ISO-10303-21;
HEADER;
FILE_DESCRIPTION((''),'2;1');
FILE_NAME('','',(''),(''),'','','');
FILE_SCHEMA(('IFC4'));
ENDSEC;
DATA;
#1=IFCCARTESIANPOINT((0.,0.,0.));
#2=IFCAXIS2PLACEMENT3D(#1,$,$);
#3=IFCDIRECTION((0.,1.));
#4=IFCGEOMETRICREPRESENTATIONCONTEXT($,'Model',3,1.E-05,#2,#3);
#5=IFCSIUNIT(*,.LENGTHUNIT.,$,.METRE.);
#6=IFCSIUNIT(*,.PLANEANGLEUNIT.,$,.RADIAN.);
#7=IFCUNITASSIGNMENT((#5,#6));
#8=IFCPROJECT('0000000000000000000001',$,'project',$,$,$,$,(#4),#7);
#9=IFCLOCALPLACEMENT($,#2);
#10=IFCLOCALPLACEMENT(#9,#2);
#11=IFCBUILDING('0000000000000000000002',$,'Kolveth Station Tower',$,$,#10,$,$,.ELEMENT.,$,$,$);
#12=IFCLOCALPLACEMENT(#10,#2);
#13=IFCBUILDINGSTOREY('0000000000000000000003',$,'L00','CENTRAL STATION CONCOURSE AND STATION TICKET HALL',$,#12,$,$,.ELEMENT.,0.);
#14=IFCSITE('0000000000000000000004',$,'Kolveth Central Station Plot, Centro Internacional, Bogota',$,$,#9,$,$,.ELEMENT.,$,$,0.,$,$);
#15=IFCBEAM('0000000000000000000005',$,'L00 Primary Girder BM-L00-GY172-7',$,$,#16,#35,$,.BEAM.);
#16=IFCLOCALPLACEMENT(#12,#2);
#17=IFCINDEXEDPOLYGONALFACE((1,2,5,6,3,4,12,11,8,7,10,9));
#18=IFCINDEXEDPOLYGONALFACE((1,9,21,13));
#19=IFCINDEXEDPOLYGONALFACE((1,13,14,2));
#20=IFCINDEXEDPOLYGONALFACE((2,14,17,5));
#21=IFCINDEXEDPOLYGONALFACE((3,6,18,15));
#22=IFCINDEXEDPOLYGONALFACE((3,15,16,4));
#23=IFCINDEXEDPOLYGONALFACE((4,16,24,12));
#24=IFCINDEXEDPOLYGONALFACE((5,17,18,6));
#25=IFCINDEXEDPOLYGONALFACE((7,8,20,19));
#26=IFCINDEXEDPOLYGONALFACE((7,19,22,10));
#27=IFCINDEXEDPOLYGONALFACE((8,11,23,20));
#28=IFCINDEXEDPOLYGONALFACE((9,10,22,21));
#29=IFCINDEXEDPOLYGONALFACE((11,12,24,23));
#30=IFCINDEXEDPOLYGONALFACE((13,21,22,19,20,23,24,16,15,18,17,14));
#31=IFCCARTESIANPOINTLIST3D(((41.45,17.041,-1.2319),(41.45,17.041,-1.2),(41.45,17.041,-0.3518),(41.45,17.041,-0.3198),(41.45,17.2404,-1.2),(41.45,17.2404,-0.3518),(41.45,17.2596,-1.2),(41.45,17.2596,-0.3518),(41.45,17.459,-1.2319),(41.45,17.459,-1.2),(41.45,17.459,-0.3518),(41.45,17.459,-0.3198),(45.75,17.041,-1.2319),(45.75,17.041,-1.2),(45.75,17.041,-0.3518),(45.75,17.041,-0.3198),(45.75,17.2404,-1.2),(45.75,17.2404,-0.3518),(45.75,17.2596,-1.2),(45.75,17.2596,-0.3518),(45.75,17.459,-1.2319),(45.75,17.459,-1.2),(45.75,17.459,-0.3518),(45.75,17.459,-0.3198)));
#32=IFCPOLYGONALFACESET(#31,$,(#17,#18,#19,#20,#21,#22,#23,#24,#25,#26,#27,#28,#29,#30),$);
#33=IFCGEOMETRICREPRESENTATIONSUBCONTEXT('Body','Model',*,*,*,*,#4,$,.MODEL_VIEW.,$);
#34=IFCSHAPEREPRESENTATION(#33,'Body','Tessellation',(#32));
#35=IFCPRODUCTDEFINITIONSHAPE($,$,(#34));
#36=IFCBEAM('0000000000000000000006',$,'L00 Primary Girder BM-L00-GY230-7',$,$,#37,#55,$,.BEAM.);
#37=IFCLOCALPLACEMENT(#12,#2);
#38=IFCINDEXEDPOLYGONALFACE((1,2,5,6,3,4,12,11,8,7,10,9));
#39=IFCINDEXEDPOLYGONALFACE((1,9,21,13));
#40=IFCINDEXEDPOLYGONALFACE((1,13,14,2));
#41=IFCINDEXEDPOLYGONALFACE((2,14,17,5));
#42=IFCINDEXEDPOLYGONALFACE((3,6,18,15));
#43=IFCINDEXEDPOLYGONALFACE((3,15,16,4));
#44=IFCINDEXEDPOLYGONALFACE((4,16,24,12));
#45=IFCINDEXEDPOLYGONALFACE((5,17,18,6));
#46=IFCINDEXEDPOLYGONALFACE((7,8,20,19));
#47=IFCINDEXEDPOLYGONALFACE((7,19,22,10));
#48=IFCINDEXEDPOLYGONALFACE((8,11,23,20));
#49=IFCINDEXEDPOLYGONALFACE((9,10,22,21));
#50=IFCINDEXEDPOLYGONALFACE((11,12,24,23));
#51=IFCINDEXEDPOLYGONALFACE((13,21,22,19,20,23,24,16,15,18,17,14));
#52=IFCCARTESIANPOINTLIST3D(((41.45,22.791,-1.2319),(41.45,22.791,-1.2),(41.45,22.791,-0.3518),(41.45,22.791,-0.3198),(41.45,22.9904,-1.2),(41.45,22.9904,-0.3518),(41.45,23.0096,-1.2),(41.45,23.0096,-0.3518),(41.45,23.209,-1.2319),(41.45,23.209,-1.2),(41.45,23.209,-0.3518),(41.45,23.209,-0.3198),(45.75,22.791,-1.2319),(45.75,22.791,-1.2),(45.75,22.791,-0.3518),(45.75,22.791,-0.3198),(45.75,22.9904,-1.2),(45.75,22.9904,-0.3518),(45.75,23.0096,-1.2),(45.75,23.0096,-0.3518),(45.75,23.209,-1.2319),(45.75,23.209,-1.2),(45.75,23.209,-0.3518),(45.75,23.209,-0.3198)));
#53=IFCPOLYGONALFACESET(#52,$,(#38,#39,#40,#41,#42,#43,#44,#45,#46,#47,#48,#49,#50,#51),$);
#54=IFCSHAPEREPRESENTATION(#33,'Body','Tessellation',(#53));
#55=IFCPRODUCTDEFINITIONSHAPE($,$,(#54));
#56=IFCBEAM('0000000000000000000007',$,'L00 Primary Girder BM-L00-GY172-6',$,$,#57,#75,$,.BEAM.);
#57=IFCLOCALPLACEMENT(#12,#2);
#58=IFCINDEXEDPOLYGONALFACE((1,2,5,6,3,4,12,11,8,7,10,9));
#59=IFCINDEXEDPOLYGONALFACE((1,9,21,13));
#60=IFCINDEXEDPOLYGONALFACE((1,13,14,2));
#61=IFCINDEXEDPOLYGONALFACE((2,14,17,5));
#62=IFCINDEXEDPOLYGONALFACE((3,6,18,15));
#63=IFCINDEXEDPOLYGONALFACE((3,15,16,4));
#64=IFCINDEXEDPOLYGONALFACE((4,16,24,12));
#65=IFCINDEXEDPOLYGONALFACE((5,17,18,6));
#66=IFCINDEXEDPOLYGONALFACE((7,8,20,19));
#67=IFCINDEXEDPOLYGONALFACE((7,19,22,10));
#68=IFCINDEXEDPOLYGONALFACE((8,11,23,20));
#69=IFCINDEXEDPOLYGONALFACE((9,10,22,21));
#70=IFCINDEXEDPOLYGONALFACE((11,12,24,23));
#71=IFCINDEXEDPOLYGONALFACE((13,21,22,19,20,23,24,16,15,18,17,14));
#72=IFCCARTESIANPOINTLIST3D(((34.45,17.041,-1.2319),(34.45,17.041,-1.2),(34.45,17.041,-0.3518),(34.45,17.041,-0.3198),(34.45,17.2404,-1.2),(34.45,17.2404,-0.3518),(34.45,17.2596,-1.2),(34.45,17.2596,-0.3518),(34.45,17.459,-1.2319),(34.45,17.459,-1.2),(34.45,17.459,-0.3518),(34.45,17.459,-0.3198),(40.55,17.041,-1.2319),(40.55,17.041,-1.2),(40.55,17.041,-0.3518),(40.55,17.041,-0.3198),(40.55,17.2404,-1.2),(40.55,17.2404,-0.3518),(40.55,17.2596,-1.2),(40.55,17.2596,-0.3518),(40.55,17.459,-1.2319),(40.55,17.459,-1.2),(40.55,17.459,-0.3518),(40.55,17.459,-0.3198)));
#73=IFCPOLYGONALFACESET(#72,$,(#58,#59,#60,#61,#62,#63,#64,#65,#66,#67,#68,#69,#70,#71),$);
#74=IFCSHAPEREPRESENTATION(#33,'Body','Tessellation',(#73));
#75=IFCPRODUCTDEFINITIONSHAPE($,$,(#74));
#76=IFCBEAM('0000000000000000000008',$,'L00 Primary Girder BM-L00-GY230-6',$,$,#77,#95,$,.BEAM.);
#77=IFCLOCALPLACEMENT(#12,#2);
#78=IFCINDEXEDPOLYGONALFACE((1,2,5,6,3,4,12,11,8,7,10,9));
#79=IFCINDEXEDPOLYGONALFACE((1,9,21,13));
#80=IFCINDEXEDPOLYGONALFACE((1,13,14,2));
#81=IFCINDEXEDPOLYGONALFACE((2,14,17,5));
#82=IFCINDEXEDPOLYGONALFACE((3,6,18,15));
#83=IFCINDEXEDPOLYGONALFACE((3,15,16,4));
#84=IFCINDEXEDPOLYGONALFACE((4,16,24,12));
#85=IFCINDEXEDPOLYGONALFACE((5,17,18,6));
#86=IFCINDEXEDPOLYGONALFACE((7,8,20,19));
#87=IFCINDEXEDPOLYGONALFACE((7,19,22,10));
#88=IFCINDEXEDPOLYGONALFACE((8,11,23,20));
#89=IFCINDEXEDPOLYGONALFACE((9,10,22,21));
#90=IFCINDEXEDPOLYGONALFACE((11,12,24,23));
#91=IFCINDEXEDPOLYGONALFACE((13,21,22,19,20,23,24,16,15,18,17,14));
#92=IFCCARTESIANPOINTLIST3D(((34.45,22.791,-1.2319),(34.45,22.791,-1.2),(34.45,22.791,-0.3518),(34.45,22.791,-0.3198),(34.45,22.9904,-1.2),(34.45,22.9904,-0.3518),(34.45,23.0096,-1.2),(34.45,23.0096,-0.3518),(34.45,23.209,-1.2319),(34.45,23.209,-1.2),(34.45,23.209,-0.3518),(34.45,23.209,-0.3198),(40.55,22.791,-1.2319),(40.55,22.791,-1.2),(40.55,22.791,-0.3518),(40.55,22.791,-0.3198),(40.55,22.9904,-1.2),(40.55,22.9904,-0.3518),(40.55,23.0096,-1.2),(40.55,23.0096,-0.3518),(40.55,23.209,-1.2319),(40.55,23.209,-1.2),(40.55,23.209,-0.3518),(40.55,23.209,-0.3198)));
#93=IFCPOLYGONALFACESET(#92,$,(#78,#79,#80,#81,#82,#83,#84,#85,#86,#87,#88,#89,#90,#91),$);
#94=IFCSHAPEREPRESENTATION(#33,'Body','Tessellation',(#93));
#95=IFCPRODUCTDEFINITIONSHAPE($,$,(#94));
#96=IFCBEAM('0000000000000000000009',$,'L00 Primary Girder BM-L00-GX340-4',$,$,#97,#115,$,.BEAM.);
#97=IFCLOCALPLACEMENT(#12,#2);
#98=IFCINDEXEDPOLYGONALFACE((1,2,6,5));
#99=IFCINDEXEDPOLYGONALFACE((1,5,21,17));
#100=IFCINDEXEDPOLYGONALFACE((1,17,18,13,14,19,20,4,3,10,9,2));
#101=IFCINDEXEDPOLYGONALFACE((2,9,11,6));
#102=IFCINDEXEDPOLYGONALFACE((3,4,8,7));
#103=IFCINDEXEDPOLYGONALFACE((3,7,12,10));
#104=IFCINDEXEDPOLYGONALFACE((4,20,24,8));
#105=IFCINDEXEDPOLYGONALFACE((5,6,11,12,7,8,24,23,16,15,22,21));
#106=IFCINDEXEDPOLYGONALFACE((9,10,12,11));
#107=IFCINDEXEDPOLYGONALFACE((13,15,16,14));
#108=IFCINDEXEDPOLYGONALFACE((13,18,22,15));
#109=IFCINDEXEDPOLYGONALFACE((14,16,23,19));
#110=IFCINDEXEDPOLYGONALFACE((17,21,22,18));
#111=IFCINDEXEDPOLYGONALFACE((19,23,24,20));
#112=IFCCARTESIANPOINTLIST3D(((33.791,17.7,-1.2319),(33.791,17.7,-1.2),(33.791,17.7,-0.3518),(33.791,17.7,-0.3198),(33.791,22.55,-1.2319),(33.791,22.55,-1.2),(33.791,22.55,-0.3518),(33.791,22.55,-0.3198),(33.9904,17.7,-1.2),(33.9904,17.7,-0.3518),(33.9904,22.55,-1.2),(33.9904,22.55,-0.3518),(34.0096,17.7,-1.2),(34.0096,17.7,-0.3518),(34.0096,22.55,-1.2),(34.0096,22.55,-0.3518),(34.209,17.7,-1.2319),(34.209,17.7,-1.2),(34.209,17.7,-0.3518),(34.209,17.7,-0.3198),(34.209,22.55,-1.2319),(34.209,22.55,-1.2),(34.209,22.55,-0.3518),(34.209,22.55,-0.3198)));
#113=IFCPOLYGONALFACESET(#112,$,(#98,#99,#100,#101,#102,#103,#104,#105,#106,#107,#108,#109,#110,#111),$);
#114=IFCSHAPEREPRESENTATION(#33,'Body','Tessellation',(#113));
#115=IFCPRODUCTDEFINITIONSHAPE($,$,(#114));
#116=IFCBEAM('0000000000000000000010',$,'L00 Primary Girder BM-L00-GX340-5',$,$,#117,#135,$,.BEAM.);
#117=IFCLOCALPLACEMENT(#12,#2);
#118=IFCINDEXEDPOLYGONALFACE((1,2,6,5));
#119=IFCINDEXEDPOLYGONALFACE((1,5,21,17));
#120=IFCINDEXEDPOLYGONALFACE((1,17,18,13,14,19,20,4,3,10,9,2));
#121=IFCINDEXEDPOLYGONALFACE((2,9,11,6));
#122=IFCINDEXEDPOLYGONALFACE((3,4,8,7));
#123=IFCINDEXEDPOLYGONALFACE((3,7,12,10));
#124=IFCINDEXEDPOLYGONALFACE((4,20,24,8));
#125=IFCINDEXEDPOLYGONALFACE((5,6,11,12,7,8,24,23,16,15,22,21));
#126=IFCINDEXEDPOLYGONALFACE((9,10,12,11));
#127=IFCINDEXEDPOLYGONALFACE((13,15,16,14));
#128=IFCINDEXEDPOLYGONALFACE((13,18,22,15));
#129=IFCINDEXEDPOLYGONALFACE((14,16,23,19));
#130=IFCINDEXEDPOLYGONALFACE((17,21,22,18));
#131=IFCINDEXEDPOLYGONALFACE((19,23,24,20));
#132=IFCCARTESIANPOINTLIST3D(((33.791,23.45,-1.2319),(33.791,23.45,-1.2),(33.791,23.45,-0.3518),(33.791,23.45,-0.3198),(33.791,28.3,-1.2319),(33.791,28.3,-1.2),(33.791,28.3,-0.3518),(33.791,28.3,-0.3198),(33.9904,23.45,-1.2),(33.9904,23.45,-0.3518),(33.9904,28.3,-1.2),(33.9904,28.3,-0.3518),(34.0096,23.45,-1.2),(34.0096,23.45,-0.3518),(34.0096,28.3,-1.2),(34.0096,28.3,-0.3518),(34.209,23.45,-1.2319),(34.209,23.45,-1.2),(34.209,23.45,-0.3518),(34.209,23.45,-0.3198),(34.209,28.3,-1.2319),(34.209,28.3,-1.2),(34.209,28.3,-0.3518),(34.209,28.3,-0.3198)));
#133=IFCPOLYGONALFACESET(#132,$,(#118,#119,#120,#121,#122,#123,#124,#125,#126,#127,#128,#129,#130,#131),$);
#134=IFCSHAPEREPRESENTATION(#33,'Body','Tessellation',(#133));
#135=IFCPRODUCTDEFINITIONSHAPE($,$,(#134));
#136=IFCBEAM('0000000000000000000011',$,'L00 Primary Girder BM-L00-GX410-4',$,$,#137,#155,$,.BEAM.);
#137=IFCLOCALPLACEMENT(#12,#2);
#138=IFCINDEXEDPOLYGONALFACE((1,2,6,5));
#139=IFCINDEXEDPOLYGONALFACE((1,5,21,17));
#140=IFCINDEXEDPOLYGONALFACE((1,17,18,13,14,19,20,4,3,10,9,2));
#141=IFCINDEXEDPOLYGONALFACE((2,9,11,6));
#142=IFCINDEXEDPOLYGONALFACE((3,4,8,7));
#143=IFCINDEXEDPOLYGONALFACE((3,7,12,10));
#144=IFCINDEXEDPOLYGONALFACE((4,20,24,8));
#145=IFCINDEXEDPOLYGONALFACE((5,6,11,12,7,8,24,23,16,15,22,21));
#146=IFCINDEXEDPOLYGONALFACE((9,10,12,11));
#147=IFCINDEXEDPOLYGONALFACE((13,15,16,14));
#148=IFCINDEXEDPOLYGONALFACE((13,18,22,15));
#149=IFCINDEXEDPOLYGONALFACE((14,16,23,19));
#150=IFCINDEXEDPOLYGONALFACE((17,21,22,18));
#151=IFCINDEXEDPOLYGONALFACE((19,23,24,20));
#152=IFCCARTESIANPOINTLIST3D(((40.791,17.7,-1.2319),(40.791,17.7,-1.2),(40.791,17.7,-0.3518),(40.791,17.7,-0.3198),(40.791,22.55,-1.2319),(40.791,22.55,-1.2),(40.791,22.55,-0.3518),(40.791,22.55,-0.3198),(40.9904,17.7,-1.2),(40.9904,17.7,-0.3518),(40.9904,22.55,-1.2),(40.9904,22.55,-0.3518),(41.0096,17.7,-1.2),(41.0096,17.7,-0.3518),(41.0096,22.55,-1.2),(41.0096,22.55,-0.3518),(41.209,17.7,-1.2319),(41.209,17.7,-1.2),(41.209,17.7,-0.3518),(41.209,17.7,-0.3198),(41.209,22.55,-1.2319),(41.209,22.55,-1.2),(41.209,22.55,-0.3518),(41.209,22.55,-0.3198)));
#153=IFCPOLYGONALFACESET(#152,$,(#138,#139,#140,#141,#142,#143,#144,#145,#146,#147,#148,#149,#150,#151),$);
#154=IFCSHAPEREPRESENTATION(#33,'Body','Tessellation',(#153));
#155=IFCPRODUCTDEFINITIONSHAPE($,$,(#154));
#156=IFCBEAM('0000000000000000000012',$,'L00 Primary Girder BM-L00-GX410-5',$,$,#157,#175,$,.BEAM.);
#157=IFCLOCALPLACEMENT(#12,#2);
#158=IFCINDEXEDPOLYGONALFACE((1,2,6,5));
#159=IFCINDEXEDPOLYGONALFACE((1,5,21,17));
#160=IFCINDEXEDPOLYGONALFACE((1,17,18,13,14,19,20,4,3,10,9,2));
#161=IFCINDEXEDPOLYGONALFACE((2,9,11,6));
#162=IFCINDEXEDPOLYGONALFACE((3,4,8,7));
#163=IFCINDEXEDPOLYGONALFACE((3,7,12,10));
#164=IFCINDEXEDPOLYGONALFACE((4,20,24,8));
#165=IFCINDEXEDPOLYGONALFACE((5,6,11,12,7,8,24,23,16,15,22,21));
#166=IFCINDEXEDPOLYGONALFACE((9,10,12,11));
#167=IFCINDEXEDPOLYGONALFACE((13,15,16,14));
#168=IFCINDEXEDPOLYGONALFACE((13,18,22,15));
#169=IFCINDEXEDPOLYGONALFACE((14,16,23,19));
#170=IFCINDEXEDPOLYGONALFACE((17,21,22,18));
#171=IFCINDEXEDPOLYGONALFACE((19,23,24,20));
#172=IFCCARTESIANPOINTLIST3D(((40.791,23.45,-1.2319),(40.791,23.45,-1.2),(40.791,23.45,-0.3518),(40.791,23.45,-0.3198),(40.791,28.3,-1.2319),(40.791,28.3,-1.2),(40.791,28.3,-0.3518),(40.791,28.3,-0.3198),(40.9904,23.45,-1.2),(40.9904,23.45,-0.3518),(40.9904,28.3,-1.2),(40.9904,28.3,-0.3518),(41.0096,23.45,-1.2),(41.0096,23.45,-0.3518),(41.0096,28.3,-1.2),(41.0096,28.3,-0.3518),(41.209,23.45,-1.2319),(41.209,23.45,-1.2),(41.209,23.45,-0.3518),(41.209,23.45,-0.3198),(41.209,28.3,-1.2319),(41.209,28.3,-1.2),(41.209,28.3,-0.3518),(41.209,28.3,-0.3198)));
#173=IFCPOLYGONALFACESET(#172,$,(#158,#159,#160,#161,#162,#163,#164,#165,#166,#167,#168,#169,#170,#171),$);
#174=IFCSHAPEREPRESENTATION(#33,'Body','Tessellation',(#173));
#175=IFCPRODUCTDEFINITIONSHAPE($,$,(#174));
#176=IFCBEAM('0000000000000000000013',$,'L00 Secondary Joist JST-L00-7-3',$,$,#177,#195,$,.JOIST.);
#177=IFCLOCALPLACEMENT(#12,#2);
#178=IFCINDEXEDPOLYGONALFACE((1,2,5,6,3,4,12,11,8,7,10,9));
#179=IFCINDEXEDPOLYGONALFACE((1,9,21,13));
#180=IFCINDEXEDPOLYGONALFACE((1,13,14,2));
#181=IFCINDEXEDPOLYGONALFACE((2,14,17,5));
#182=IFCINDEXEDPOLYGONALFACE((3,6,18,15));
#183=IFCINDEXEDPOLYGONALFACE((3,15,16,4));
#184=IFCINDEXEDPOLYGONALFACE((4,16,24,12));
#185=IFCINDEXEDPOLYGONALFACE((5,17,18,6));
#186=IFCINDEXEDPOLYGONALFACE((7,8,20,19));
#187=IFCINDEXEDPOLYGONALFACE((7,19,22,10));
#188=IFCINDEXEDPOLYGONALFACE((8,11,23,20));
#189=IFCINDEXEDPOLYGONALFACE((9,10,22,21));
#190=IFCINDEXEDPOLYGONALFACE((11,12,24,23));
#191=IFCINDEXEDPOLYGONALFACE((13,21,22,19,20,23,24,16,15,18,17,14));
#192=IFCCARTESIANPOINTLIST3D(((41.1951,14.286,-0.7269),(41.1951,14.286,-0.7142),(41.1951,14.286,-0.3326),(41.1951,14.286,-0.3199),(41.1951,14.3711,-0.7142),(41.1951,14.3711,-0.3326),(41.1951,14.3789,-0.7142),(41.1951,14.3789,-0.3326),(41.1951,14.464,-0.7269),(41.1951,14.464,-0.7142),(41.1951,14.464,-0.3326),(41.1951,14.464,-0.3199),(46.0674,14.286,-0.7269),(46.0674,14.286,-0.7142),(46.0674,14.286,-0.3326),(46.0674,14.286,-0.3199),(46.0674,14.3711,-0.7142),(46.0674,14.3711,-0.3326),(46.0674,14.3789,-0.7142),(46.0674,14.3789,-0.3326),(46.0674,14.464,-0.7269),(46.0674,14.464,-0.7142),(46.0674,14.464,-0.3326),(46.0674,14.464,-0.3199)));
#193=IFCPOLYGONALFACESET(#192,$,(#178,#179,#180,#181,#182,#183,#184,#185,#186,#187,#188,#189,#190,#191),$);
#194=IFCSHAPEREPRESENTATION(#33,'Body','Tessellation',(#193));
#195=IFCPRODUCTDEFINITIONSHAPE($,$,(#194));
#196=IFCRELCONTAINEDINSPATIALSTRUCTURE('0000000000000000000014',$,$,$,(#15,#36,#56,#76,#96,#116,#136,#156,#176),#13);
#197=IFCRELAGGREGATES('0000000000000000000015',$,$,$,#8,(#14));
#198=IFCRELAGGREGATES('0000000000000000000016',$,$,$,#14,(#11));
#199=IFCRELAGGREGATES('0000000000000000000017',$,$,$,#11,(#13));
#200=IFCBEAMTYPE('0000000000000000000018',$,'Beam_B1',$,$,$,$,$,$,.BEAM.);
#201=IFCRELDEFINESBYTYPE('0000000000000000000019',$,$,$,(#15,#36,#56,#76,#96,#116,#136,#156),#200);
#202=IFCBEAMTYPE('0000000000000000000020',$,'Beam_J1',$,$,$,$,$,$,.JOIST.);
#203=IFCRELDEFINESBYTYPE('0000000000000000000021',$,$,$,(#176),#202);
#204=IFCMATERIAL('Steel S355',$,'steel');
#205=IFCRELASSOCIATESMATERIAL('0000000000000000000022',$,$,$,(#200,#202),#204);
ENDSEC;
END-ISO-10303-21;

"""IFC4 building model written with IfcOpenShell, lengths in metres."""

from ifc_helpers import new_model, si_unit, direction, frame, origin, origin_2d, place, context, subcontext, project, spatial, i_section, extrude, source, transform, mapped, material, material_profile, profile_set, type_object, element, save


model = new_model("IFC4")

# Units and contexts
model_context = context("Model", 3, precision=1e-05, world=origin(), true_north=direction((0.0, 1.0)))
body_context = subcontext(model_context, "Body", "Model", "MODEL_VIEW")
ifc_project = project(units=[si_unit("LENGTHUNIT", "METRE"), si_unit("PLANEANGLEUNIT", "RADIAN")], contexts=[model_context])

# Site, building, storey
site_placement = place(None, origin())
site = spatial("IfcSite", under=ifc_project, at=site_placement, Name="Kolveth Central Station Plot, Centro Internacional, Bogota", CompositionType="ELEMENT", RefElevation=0.0)
building_placement = place(site_placement, origin())
building = spatial("IfcBuilding", under=site, at=building_placement, Name="Kolveth Station Tower", CompositionType="ELEMENT")
storey_placement = place(building_placement, origin())
storey = spatial("IfcBuildingStorey", under=building, at=storey_placement, Name="L00", Description="CENTRAL STATION CONCOURSE AND STATION TICKET HALL", CompositionType="ELEMENT", Elevation=0.0)

# Shared definitions
ifc_material_1 = material(Name="Steel S355", Category="steel")

# Beams
ifc_material_profile_1 = material_profile(ifc_material_1, i_section(OverallWidth=0.418, OverallDepth=0.9121, WebThickness=0.0193, FlangeThickness=0.032, at=origin_2d()), Name="W920x342")
ifc_profile_set_1 = profile_set([ifc_material_profile_1], Name="Steel S355")
beam_type_1 = type_object("IfcBeamType", Name="Beam_B1", PredefinedType="BEAM", material=ifc_profile_set_1)
shared_shape_1 = source(origin(), body_context, "Body", "SweptSolid", [
    extrude(i_section(OverallWidth=0.418, OverallDepth=0.9121, WebThickness=0.0193, FlangeThickness=0.032, at=origin_2d()), origin(), (0.0, 0.0, 1.0), 4.3),
])
for number, where, z_axis, x_axis, name in (
    (1, (41.45, 17.25, -0.7759), (1.0, 0.0, 0.0), (0.0, 1.0, 0.0), "L00 Primary Girder BM-L00-GY172-7"),
    (2, (41.45, 23.0, -0.7759), (1.0, 0.0, 0.0), (0.0, 1.0, 0.0), "L00 Primary Girder BM-L00-GY230-7"),
):
    element("IfcBeam", number, at=place(storey_placement, frame(where, z_axis=z_axis, x_axis=x_axis)), inside=storey, type_object=beam_type_1, Name=name, PredefinedType="BEAM", context=body_context, shape_type="MappedRepresentation", body=[
        mapped(shared_shape_1, transform((0.0, 0.0, 0.0), x_axis=(1.0, 0.0, 0.0), y_axis=(0.0, 1.0, 0.0), z_axis=(0.0, 0.0, 1.0), scale=1.0)),
    ])
shared_shape_2 = source(origin(), body_context, "Body", "SweptSolid", [
    extrude(i_section(OverallWidth=0.418, OverallDepth=0.9121, WebThickness=0.0193, FlangeThickness=0.032, at=origin_2d()), origin(), (0.0, 0.0, 1.0), 6.1001),
])
for number, where, z_axis, x_axis, name in (
    (3, (34.45, 17.25, -0.7759), (1.0, 0.0, 0.0), (0.0, 1.0, 0.0), "L00 Primary Girder BM-L00-GY172-6"),
    (4, (34.45, 23.0, -0.7759), (1.0, 0.0, 0.0), (0.0, 1.0, 0.0), "L00 Primary Girder BM-L00-GY230-6"),
):
    element("IfcBeam", number, at=place(storey_placement, frame(where, z_axis=z_axis, x_axis=x_axis)), inside=storey, type_object=beam_type_1, Name=name, PredefinedType="BEAM", context=body_context, shape_type="MappedRepresentation", body=[
        mapped(shared_shape_2, transform((0.0, 0.0, 0.0), x_axis=(1.0, 0.0, 0.0), y_axis=(0.0, 1.0, 0.0), z_axis=(0.0, 0.0, 1.0), scale=1.0)),
    ])
shared_shape_3 = source(origin(), body_context, "Body", "SweptSolid", [
    extrude(i_section(OverallWidth=0.418, OverallDepth=0.9121, WebThickness=0.0193, FlangeThickness=0.032, at=origin_2d()), origin(), (0.0, 0.0, 1.0), 4.8501),
])
for number, where, z_axis, x_axis, name in (
    (5, (34.0, 17.7, -0.7759), (0.0, 1.0, 0.0), (-1.0, 0.0, 0.0), "L00 Primary Girder BM-L00-GX340-4"),
    (6, (34.0, 23.45, -0.7759), (0.0, 1.0, 0.0), (-1.0, 0.0, 0.0), "L00 Primary Girder BM-L00-GX340-5"),
    (7, (41.0, 17.7, -0.7759), (0.0, 1.0, 0.0), (-1.0, 0.0, 0.0), "L00 Primary Girder BM-L00-GX410-4"),
    (8, (41.0, 23.45, -0.7759), (0.0, 1.0, 0.0), (-1.0, 0.0, 0.0), "L00 Primary Girder BM-L00-GX410-5"),
):
    element("IfcBeam", number, at=place(storey_placement, frame(where, z_axis=z_axis, x_axis=x_axis)), inside=storey, type_object=beam_type_1, Name=name, PredefinedType="BEAM", context=body_context, shape_type="MappedRepresentation", body=[
        mapped(shared_shape_3, transform((0.0, 0.0, 0.0), x_axis=(1.0, 0.0, 0.0), y_axis=(0.0, 1.0, 0.0), z_axis=(0.0, 0.0, 1.0), scale=1.0)),
    ])
ifc_material_profile_2 = material_profile(ifc_material_1, i_section(OverallWidth=0.178, OverallDepth=0.407, WebThickness=0.0078, FlangeThickness=0.0127, at=origin_2d()), Name="W410x60")
ifc_profile_set_2 = profile_set([ifc_material_profile_2], Name="Steel S355")
beam_type_2 = type_object("IfcBeamType", Name="Beam_J1", PredefinedType="JOIST", material=ifc_profile_set_2)
shared_shape_4 = source(origin(), body_context, "Body", "SweptSolid", [
    extrude(i_section(OverallWidth=0.178, OverallDepth=0.407, WebThickness=0.0078, FlangeThickness=0.0127, at=origin_2d()), origin(), (0.0, 0.0, 1.0), 4.8723),
])
for number, where, z_axis, x_axis, name in (
    (9, (41.1951, 14.375, -0.5234), (1.0, 0.0, 0.0), (0.0, 1.0, 0.0), "L00 Secondary Joist JST-L00-7-3"),
):
    element("IfcBeam", number, at=place(storey_placement, frame(where, z_axis=z_axis, x_axis=x_axis)), inside=storey, type_object=beam_type_2, Name=name, PredefinedType="JOIST", context=body_context, shape_type="MappedRepresentation", body=[
        mapped(shared_shape_4, transform((0.0, 0.0, 0.0), x_axis=(1.0, 0.0, 0.0), y_axis=(0.0, 1.0, 0.0), z_axis=(0.0, 0.0, 1.0), scale=1.0)),
    ])

save(model, "model.ifc")
